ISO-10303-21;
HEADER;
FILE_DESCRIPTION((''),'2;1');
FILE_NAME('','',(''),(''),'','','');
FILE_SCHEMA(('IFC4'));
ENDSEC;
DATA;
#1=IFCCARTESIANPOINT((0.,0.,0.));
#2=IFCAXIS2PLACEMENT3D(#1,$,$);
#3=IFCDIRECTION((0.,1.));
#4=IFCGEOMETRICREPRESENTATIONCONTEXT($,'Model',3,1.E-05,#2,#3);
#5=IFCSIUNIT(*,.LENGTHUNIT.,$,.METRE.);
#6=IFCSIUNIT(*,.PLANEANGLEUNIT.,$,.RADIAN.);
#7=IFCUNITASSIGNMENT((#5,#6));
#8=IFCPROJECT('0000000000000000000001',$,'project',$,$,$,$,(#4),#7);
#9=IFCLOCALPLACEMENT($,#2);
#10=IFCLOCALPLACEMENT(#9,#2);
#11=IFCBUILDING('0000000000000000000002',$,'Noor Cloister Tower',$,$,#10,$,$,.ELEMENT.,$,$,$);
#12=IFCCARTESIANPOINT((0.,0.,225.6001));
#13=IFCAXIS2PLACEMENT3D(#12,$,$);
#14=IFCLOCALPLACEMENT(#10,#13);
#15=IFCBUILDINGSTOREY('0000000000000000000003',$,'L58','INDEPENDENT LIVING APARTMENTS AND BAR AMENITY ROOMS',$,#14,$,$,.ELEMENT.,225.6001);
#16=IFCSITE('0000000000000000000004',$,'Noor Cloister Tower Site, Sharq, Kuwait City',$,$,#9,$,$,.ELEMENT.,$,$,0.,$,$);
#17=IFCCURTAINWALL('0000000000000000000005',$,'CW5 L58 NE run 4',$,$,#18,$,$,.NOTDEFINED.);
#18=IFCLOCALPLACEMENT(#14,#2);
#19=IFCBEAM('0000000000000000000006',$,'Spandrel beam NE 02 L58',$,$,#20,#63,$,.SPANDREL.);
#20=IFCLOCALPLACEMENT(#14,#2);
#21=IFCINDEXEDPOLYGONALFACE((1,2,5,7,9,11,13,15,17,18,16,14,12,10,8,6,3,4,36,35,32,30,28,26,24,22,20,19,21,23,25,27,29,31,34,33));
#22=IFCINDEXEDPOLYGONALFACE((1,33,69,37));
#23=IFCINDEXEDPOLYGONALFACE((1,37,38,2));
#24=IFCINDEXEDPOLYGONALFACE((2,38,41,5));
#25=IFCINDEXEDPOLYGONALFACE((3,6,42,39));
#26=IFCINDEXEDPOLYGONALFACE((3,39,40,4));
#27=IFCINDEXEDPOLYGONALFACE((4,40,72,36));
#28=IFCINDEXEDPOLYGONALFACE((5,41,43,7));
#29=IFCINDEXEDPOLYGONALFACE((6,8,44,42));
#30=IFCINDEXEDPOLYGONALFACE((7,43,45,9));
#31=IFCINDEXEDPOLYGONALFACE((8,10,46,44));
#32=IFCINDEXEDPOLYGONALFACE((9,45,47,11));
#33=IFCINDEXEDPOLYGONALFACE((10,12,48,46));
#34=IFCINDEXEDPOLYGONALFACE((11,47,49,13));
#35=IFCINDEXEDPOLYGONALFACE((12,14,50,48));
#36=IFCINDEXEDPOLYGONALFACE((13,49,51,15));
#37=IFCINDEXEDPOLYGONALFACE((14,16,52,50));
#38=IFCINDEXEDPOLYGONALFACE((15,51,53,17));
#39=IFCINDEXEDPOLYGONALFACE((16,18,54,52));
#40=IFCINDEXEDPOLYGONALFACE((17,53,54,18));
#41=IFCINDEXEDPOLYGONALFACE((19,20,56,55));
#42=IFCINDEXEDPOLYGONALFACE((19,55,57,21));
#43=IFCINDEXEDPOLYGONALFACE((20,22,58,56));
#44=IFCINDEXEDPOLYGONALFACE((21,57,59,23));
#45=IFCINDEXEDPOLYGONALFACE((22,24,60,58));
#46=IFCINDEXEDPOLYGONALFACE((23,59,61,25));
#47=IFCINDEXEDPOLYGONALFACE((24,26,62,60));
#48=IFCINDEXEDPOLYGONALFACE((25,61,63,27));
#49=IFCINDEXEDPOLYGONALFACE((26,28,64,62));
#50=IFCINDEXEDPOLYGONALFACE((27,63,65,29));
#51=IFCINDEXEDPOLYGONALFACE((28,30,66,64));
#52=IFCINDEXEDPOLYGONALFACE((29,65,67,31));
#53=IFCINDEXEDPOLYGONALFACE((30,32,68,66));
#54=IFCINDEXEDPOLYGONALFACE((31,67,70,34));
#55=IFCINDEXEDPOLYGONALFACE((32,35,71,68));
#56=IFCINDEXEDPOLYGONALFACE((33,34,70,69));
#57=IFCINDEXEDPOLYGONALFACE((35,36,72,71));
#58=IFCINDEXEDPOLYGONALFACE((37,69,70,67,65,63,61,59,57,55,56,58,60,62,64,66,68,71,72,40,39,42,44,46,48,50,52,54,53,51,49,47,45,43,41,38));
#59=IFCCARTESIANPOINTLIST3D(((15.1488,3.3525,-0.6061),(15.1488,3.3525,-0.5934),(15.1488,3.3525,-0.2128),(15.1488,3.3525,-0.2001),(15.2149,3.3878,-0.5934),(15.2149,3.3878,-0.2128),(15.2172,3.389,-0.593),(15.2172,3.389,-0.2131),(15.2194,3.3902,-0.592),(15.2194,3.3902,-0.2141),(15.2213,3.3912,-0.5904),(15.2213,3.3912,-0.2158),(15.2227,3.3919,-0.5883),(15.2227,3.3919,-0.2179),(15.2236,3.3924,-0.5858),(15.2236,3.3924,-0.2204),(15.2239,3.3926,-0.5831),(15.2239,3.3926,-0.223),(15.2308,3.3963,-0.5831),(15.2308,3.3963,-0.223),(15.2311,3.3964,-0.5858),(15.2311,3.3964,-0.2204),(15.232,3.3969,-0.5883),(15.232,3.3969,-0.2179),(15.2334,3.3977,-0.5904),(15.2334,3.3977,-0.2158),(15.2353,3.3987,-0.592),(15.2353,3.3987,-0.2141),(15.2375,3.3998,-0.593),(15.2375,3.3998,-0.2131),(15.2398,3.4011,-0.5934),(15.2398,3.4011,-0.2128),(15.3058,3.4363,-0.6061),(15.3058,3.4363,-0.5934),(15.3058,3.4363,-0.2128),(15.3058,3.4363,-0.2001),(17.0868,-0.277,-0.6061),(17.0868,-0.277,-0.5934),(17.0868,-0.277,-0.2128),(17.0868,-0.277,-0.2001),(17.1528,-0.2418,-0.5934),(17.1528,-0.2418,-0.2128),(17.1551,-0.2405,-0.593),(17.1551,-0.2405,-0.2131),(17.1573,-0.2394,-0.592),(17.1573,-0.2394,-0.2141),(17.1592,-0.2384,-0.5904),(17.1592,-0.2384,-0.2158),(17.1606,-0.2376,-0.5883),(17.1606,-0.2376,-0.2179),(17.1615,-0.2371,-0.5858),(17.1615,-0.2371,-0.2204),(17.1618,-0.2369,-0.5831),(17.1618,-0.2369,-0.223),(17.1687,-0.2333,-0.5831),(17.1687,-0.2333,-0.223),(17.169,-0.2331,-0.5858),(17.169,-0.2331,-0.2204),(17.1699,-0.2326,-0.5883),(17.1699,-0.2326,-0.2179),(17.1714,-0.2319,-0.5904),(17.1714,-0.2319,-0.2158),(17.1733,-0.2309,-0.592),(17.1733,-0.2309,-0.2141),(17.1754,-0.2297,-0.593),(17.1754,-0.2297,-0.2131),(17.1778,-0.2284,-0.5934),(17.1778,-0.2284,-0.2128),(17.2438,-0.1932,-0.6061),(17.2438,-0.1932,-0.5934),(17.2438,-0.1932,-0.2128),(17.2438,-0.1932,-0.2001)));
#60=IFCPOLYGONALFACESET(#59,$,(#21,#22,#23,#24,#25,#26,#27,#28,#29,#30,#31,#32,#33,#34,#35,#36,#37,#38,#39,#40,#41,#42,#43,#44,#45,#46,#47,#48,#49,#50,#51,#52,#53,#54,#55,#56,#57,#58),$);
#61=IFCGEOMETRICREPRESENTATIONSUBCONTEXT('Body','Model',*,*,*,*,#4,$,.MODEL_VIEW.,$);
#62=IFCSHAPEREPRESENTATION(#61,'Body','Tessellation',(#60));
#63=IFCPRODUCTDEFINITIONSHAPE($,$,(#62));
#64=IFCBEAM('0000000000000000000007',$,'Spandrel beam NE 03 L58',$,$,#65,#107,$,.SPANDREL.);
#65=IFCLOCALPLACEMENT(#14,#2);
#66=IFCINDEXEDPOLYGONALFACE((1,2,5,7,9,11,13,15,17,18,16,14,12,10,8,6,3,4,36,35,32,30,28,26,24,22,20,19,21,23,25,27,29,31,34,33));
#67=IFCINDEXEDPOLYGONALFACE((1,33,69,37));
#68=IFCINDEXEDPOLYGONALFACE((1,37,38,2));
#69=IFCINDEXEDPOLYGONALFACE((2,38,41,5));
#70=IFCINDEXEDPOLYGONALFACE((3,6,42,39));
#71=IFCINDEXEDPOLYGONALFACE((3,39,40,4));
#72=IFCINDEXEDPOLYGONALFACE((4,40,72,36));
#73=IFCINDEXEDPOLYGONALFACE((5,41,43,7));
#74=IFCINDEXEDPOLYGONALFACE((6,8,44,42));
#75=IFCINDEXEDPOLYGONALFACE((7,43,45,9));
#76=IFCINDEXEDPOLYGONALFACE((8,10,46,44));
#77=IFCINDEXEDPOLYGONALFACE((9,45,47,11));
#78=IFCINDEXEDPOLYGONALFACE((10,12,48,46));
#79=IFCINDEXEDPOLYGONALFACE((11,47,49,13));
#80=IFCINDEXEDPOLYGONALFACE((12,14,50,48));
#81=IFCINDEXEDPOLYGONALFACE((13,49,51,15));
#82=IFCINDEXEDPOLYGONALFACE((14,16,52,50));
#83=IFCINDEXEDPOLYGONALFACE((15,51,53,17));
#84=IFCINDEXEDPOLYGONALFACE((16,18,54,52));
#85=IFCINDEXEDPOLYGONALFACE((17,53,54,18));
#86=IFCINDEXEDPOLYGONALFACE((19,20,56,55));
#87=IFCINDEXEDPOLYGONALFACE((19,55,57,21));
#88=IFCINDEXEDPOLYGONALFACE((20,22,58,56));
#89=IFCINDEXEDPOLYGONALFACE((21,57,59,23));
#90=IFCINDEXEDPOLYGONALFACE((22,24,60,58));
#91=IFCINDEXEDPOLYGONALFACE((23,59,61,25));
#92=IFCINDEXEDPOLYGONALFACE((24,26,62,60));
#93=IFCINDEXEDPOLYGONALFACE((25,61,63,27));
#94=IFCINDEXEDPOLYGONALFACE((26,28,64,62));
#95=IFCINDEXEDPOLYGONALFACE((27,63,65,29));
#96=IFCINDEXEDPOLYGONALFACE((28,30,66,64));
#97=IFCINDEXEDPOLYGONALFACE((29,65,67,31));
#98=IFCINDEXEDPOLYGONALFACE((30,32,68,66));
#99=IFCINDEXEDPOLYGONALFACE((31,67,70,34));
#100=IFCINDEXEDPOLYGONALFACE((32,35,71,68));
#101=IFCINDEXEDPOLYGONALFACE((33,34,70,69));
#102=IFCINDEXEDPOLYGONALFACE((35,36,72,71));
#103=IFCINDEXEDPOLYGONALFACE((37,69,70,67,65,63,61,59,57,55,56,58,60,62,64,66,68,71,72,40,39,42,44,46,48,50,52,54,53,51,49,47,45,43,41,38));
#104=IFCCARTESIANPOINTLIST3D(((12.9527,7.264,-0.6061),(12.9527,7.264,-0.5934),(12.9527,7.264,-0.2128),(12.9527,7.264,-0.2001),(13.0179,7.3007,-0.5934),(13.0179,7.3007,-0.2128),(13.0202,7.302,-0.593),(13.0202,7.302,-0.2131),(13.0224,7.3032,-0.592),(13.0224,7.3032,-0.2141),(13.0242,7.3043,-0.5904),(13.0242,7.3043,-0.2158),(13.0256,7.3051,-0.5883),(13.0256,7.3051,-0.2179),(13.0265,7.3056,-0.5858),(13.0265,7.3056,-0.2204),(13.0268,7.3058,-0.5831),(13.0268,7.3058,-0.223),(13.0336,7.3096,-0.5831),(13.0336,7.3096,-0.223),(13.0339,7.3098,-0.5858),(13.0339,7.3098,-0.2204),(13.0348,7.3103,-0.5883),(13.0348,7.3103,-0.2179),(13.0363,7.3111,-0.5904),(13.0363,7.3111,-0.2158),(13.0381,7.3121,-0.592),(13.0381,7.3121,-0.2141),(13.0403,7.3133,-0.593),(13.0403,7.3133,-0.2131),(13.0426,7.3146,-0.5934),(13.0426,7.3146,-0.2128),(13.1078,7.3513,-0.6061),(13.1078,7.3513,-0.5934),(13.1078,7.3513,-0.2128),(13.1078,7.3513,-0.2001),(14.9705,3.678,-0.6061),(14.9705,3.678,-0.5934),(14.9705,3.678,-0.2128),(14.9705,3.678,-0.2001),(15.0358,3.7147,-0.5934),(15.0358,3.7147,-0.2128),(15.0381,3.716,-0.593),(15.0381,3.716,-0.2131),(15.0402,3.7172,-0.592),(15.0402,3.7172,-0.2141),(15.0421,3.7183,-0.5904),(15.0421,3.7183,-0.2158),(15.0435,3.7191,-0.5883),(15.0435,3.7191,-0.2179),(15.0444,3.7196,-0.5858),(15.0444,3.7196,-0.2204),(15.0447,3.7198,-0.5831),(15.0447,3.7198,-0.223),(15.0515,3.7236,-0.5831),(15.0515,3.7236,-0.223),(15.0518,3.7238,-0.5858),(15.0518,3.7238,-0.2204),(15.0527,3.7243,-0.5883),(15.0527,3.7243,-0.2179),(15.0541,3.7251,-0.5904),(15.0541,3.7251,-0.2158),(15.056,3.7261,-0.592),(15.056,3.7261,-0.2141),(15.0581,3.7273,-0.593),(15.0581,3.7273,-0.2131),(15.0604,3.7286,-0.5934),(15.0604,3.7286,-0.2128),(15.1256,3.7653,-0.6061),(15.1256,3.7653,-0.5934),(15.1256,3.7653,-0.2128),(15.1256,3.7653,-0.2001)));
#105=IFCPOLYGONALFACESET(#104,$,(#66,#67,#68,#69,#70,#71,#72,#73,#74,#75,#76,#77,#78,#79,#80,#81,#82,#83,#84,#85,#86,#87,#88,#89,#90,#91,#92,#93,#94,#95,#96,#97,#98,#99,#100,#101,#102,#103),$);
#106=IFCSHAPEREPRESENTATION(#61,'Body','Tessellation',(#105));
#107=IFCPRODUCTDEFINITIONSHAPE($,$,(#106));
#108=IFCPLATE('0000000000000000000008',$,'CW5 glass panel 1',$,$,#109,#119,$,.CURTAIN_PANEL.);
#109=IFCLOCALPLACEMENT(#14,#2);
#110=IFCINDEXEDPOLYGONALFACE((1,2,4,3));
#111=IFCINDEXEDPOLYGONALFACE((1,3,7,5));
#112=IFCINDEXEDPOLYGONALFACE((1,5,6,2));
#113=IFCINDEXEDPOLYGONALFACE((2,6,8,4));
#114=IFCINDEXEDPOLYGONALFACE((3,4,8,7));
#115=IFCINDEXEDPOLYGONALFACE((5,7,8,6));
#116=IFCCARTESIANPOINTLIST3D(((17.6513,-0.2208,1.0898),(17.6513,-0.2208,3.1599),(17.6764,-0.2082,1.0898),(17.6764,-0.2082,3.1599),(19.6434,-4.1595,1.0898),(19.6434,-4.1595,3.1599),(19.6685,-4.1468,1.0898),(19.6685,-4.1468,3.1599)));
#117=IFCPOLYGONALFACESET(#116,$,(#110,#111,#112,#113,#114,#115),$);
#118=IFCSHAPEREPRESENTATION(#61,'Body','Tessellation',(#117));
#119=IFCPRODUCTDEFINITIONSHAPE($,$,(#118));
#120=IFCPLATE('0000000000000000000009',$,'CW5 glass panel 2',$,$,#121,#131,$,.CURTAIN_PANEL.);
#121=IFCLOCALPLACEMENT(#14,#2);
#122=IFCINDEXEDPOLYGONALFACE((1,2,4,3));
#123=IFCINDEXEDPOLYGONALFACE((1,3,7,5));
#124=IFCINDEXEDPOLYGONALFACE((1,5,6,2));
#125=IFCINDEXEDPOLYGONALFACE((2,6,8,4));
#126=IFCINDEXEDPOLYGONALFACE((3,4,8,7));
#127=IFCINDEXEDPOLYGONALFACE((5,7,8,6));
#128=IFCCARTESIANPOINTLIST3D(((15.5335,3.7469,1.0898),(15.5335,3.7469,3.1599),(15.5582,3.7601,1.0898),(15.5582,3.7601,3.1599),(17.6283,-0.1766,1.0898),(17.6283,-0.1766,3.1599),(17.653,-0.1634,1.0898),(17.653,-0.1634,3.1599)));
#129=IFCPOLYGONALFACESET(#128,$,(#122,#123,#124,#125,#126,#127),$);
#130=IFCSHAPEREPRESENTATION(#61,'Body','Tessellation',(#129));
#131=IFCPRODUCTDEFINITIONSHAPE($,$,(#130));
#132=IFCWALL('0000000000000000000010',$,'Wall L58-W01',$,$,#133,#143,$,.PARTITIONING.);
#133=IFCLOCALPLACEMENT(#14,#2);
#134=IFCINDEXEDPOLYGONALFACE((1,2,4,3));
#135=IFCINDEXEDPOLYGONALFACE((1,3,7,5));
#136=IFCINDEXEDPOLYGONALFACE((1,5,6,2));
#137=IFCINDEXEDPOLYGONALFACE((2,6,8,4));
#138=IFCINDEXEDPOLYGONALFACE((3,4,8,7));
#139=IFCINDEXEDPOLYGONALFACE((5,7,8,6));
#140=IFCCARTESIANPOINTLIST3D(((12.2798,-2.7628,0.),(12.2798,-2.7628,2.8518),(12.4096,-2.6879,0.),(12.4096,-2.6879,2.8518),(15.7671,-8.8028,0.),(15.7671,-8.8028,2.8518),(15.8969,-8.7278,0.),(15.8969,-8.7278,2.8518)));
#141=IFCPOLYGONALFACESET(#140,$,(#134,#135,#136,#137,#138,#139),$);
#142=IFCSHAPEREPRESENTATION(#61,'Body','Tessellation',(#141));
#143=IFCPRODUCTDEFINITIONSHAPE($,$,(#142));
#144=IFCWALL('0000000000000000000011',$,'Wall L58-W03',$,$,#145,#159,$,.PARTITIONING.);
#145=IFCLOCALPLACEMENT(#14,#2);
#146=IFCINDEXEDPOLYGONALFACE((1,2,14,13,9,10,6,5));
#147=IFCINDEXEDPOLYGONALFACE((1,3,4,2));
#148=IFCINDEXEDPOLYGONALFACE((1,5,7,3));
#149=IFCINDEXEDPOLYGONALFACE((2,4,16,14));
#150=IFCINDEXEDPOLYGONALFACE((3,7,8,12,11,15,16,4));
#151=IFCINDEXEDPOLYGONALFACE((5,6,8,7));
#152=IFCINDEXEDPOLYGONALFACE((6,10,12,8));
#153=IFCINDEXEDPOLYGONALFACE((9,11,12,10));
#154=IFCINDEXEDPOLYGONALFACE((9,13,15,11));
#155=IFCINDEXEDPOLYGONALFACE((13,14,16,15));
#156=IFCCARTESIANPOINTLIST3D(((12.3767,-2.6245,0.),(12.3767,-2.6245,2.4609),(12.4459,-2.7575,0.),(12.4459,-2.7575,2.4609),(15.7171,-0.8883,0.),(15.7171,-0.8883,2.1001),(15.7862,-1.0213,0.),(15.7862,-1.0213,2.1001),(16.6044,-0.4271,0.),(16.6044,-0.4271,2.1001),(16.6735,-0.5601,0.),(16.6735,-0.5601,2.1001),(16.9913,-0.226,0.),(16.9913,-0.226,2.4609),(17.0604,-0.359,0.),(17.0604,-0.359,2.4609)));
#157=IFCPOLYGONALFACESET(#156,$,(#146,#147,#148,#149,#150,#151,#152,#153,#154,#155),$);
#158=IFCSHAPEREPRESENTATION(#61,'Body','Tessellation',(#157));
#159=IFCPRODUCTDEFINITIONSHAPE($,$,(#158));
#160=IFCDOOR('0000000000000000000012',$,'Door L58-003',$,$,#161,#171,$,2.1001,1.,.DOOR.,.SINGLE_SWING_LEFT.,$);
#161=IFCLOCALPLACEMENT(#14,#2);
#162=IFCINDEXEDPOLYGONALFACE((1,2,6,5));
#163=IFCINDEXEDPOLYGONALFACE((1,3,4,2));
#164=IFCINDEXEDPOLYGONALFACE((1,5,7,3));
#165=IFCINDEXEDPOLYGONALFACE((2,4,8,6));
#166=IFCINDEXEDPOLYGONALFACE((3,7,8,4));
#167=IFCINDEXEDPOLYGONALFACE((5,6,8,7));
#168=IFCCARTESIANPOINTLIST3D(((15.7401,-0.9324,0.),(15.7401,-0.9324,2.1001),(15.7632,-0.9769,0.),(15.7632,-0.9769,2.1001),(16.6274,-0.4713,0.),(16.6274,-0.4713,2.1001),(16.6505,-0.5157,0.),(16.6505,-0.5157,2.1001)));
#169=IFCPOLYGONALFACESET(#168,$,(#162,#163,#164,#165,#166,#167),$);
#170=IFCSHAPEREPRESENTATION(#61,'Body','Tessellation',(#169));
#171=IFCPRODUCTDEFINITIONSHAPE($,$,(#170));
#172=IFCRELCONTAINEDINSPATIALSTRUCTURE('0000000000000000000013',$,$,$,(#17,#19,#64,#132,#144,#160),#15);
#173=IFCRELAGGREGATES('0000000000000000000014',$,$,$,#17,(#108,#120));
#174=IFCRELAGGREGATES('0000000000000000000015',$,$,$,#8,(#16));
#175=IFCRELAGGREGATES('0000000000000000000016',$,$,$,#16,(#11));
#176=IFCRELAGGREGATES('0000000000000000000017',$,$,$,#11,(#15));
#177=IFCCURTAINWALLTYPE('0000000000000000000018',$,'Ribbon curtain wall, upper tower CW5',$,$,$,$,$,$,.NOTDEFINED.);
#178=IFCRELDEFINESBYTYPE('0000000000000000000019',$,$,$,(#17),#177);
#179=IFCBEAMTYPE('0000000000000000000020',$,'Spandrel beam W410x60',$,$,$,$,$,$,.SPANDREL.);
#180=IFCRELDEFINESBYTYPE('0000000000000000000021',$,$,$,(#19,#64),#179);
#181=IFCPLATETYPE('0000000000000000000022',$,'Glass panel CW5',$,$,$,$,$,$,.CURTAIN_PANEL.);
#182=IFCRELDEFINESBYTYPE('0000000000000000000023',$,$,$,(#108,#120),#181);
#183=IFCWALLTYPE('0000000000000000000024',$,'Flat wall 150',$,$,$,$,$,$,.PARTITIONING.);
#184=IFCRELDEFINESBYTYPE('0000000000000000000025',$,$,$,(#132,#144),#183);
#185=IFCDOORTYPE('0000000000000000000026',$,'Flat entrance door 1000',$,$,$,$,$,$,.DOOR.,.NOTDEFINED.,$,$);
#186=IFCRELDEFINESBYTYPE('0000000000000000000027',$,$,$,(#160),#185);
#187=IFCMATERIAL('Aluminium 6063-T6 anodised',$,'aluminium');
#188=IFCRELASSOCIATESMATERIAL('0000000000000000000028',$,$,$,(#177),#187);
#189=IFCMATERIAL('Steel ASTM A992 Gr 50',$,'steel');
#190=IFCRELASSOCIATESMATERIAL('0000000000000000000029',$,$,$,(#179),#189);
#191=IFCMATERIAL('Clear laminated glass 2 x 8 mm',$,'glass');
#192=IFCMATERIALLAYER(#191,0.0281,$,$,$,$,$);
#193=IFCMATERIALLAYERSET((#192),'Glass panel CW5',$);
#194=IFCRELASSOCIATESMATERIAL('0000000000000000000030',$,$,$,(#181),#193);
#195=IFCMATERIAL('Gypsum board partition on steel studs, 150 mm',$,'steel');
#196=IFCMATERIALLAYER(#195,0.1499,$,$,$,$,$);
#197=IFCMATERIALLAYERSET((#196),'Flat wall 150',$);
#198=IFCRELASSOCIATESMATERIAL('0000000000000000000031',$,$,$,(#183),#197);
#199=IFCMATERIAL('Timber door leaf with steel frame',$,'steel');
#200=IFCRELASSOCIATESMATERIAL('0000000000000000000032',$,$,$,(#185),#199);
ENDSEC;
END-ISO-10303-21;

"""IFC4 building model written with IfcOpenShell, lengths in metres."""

from ifc_helpers import new_model, si_unit, direction, frame, frame_2d, origin, origin_2d, place, context, subcontext, project, spatial, rectangle, i_section, extrude, material, layer, layer_set, material_profile, profile_set, type_object, element, fill, aggregate, save


model = new_model("IFC4")

# Units and contexts
model_context = context("Model", 3, precision=1e-05, world=origin(), true_north=direction((0.0, 1.0)))
body_context = subcontext(model_context, "Body", "Model", "MODEL_VIEW")
ifc_project = project(units=[si_unit("LENGTHUNIT", "METRE"), si_unit("PLANEANGLEUNIT", "RADIAN")], contexts=[model_context])

# Site, building, storey
site_placement = place(None, origin())
site = spatial("IfcSite", under=ifc_project, at=site_placement, Name="Noor Cloister Tower Site, Sharq, Kuwait City", CompositionType="ELEMENT", RefElevation=0.0)
building_placement = place(site_placement, origin())
building = spatial("IfcBuilding", under=site, at=building_placement, Name="Noor Cloister Tower", CompositionType="ELEMENT")
storey_placement = place(building_placement, frame((0.0, 0.0, 225.6001)))
storey = spatial("IfcBuildingStorey", under=building, at=storey_placement, Name="L58", Description="INDEPENDENT LIVING APARTMENTS AND BAR AMENITY ROOMS", CompositionType="ELEMENT", Elevation=225.6001)

# Curtain wall
ifc_material_1 = material(Name="Aluminium 6063-T6 anodised", Category="aluminium")
curtain_wall_type = type_object("IfcCurtainWallType", Name="Ribbon curtain wall, upper tower CW5", PredefinedType="NOTDEFINED", material=ifc_material_1)
curtain_wall_placement = place(storey_placement, origin())
curtain_wall = element("IfcCurtainWall", 1, at=curtain_wall_placement, inside=storey, type_object=curtain_wall_type, Name="CW5 L58 NE run 4", PredefinedType="NOTDEFINED")

# Beams
ifc_material_2 = material(Name="Steel ASTM A992 Gr 50", Category="steel")
ifc_material_profile_1 = material_profile(ifc_material_2, i_section(OverallWidth=0.178, OverallDepth=0.406, WebThickness=0.0078, FlangeThickness=0.0127, FilletRadius=0.0103, at=origin_2d()), Name="W410x60")
ifc_profile_set_1 = profile_set([ifc_material_profile_1], Name="Steel ASTM A992 Gr 50")
beam_type_1 = type_object("IfcBeamType", Name="Spandrel beam W410x60", PredefinedType="SPANDREL", material=ifc_profile_set_1)
for number, where, z_axis, x_axis, name in (
    (2, (17.1653, -0.2351, -0.4031), (-0.471001, 0.882133, 0.0), (-0.882133, -0.471001, 0.0), "Spandrel beam NE 02 L58"),
):
    element("IfcBeam", number, at=place(storey_placement, frame(where, z_axis=z_axis, x_axis=x_axis)), inside=storey, type_object=beam_type_1, Name=name, PredefinedType="SPANDREL", context=body_context, shape_type="SweptSolid", body=[
        extrude(i_section(OverallWidth=0.178, OverallDepth=0.406, WebThickness=0.0078, FlangeThickness=0.0127, FilletRadius=0.0103, at=origin_2d()), origin(), (0.0, 0.0, 1.0), 4.1145),
    ])
beam_1_placement = place(storey_placement, frame((15.0481, 3.7217, -0.4031), z_axis=(-0.490396, 0.871499, 0.0), x_axis=(-0.871499, -0.490396, 0.0)))
element("IfcBeam", 3, at=beam_1_placement, inside=storey, type_object=beam_type_1, Name="Spandrel beam NE 03 L58", PredefinedType="SPANDREL", context=body_context, shape_type="SweptSolid", body=[
    extrude(i_section(OverallWidth=0.178, OverallDepth=0.406, WebThickness=0.0078, FlangeThickness=0.0127, FilletRadius=0.0103, at=origin_2d()), origin(), (0.0, 0.0, 1.0), 4.1147),
])

# Plates
ifc_material_3 = material(Name="Clear laminated glass 2 x 8 mm", Category="glass")
ifc_layer_1 = layer(ifc_material_3, 0.0281)
ifc_layer_set_1 = layer_set([ifc_layer_1], Name="Glass panel CW5")
plate_type = type_object("IfcPlateType", Name="Glass panel CW5", PredefinedType="CURTAIN_PANEL", material=ifc_layer_set_1)
plate_1_placement = place(storey_placement, frame((18.6599, -2.1838, 1.0898), z_axis=(0.0, 0.0, 1.0), x_axis=(-0.451339, 0.892353, 0.0)))
plate_1 = element("IfcPlate", 4, at=plate_1_placement, type_object=plate_type, Name="CW5 glass panel 1", PredefinedType="CURTAIN_PANEL", context=body_context, shape_type="SweptSolid", body=[
    extrude(rectangle(XDim=4.4138, YDim=0.0281, at=origin_2d()), origin(), (0.0, 0.0, 1.0), 2.0701),
])
plate_2_placement = place(storey_placement, frame((16.5933, 1.7917, 1.0898), z_axis=(0.0, 0.0, 1.0), x_axis=(-0.470978, 0.882145, 0.0)))
plate_2 = element("IfcPlate", 5, at=plate_2_placement, type_object=plate_type, Name="CW5 glass panel 2", PredefinedType="CURTAIN_PANEL", context=body_context, shape_type="SweptSolid", body=[
    extrude(rectangle(XDim=4.4478, YDim=0.0281, at=origin_2d()), origin(), (0.0, 0.0, 1.0), 2.0701),
])
aggregate(curtain_wall, [plate_1, plate_2])

# Wall
ifc_material_4 = material(Name="Gypsum board partition on steel studs, 150 mm", Category="steel")
ifc_layer_2 = layer(ifc_material_4, 0.1499)
ifc_layer_set_2 = layer_set([ifc_layer_2], Name="Flat wall 150")
wall_type_1 = type_object("IfcWallType", Name="Flat wall 150", PredefinedType="PARTITIONING", material=ifc_layer_set_2)
wall_1_placement = place(storey_placement, frame((15.832, -8.7654, 0.0), z_axis=(0.0, 0.0, 1.0), x_axis=(-0.500009, 0.86602, 0.0)))
element("IfcWall", 6, at=wall_1_placement, inside=storey, type_object=wall_type_1, Name="Wall L58-W01", PredefinedType="PARTITIONING", context=body_context, shape_type="SweptSolid", body=[
    extrude(rectangle(XDim=6.9744, YDim=0.1499, at=frame_2d((3.4873, 0.0))), origin(), (0.0, 0.0, 1.0), 2.8518),
])

# Wall, opening, door
wall_2_placement = place(storey_placement, frame((17.0259, -0.2925, 0.0), z_axis=(0.0, 0.0, 1.0), x_axis=(-0.887304, -0.461186, 0.0)))
wall_2 = element("IfcWall", 7, at=wall_2_placement, inside=storey, type_object=wall_type_1, Name="Wall L58-W03", PredefinedType="PARTITIONING", context=body_context, shape_type="SweptSolid", body=[
    extrude(rectangle(XDim=5.2007, YDim=0.1499, at=frame_2d((2.6003, 0.0))), origin(), (0.0, 0.0, 1.0), 2.4609),
])
opening_1_placement = place(wall_2_placement, frame((0.436, 0.0, 0.0)))
opening_1 = element("IfcOpeningElement", 8, at=opening_1_placement, cuts=wall_2, PredefinedType="OPENING", context=body_context, shape_type="SweptSolid", body=[
    extrude(rectangle(XDim=1.0, YDim=2.1001, at=frame_2d((0.5, 1.05))), frame((0.0, 0.085, 0.0), z_axis=(0.0, -1.0, 0.0), x_axis=(1.0, 0.0, 0.0)), (0.0, 0.0, 1.0), 0.1699),
])
ifc_material_5 = material(Name="Timber door leaf with steel frame", Category="steel")
door_type_1 = type_object("IfcDoorType", Name="Flat entrance door 1000", OperationType="NOTDEFINED", PredefinedType="DOOR", material=ifc_material_5)
door_1_placement = place(opening_1_placement, origin())
door_1 = element("IfcDoor", 9, at=door_1_placement, inside=storey, type_object=door_type_1, Name="Door L58-003", OperationType="SINGLE_SWING_LEFT", OverallHeight=2.1001, OverallWidth=1.0, PredefinedType="DOOR", context=body_context, shape_type="SweptSolid", body=[
    extrude(rectangle(XDim=1.0, YDim=2.1001, at=frame_2d((0.5, 1.05))), frame((0.0, 0.0249, 0.0), z_axis=(0.0, -1.0, 0.0), x_axis=(1.0, 0.0, 0.0)), (0.0, 0.0, 1.0), 0.05),
])
fill(opening_1, door_1)

save(model, "model.ifc")
